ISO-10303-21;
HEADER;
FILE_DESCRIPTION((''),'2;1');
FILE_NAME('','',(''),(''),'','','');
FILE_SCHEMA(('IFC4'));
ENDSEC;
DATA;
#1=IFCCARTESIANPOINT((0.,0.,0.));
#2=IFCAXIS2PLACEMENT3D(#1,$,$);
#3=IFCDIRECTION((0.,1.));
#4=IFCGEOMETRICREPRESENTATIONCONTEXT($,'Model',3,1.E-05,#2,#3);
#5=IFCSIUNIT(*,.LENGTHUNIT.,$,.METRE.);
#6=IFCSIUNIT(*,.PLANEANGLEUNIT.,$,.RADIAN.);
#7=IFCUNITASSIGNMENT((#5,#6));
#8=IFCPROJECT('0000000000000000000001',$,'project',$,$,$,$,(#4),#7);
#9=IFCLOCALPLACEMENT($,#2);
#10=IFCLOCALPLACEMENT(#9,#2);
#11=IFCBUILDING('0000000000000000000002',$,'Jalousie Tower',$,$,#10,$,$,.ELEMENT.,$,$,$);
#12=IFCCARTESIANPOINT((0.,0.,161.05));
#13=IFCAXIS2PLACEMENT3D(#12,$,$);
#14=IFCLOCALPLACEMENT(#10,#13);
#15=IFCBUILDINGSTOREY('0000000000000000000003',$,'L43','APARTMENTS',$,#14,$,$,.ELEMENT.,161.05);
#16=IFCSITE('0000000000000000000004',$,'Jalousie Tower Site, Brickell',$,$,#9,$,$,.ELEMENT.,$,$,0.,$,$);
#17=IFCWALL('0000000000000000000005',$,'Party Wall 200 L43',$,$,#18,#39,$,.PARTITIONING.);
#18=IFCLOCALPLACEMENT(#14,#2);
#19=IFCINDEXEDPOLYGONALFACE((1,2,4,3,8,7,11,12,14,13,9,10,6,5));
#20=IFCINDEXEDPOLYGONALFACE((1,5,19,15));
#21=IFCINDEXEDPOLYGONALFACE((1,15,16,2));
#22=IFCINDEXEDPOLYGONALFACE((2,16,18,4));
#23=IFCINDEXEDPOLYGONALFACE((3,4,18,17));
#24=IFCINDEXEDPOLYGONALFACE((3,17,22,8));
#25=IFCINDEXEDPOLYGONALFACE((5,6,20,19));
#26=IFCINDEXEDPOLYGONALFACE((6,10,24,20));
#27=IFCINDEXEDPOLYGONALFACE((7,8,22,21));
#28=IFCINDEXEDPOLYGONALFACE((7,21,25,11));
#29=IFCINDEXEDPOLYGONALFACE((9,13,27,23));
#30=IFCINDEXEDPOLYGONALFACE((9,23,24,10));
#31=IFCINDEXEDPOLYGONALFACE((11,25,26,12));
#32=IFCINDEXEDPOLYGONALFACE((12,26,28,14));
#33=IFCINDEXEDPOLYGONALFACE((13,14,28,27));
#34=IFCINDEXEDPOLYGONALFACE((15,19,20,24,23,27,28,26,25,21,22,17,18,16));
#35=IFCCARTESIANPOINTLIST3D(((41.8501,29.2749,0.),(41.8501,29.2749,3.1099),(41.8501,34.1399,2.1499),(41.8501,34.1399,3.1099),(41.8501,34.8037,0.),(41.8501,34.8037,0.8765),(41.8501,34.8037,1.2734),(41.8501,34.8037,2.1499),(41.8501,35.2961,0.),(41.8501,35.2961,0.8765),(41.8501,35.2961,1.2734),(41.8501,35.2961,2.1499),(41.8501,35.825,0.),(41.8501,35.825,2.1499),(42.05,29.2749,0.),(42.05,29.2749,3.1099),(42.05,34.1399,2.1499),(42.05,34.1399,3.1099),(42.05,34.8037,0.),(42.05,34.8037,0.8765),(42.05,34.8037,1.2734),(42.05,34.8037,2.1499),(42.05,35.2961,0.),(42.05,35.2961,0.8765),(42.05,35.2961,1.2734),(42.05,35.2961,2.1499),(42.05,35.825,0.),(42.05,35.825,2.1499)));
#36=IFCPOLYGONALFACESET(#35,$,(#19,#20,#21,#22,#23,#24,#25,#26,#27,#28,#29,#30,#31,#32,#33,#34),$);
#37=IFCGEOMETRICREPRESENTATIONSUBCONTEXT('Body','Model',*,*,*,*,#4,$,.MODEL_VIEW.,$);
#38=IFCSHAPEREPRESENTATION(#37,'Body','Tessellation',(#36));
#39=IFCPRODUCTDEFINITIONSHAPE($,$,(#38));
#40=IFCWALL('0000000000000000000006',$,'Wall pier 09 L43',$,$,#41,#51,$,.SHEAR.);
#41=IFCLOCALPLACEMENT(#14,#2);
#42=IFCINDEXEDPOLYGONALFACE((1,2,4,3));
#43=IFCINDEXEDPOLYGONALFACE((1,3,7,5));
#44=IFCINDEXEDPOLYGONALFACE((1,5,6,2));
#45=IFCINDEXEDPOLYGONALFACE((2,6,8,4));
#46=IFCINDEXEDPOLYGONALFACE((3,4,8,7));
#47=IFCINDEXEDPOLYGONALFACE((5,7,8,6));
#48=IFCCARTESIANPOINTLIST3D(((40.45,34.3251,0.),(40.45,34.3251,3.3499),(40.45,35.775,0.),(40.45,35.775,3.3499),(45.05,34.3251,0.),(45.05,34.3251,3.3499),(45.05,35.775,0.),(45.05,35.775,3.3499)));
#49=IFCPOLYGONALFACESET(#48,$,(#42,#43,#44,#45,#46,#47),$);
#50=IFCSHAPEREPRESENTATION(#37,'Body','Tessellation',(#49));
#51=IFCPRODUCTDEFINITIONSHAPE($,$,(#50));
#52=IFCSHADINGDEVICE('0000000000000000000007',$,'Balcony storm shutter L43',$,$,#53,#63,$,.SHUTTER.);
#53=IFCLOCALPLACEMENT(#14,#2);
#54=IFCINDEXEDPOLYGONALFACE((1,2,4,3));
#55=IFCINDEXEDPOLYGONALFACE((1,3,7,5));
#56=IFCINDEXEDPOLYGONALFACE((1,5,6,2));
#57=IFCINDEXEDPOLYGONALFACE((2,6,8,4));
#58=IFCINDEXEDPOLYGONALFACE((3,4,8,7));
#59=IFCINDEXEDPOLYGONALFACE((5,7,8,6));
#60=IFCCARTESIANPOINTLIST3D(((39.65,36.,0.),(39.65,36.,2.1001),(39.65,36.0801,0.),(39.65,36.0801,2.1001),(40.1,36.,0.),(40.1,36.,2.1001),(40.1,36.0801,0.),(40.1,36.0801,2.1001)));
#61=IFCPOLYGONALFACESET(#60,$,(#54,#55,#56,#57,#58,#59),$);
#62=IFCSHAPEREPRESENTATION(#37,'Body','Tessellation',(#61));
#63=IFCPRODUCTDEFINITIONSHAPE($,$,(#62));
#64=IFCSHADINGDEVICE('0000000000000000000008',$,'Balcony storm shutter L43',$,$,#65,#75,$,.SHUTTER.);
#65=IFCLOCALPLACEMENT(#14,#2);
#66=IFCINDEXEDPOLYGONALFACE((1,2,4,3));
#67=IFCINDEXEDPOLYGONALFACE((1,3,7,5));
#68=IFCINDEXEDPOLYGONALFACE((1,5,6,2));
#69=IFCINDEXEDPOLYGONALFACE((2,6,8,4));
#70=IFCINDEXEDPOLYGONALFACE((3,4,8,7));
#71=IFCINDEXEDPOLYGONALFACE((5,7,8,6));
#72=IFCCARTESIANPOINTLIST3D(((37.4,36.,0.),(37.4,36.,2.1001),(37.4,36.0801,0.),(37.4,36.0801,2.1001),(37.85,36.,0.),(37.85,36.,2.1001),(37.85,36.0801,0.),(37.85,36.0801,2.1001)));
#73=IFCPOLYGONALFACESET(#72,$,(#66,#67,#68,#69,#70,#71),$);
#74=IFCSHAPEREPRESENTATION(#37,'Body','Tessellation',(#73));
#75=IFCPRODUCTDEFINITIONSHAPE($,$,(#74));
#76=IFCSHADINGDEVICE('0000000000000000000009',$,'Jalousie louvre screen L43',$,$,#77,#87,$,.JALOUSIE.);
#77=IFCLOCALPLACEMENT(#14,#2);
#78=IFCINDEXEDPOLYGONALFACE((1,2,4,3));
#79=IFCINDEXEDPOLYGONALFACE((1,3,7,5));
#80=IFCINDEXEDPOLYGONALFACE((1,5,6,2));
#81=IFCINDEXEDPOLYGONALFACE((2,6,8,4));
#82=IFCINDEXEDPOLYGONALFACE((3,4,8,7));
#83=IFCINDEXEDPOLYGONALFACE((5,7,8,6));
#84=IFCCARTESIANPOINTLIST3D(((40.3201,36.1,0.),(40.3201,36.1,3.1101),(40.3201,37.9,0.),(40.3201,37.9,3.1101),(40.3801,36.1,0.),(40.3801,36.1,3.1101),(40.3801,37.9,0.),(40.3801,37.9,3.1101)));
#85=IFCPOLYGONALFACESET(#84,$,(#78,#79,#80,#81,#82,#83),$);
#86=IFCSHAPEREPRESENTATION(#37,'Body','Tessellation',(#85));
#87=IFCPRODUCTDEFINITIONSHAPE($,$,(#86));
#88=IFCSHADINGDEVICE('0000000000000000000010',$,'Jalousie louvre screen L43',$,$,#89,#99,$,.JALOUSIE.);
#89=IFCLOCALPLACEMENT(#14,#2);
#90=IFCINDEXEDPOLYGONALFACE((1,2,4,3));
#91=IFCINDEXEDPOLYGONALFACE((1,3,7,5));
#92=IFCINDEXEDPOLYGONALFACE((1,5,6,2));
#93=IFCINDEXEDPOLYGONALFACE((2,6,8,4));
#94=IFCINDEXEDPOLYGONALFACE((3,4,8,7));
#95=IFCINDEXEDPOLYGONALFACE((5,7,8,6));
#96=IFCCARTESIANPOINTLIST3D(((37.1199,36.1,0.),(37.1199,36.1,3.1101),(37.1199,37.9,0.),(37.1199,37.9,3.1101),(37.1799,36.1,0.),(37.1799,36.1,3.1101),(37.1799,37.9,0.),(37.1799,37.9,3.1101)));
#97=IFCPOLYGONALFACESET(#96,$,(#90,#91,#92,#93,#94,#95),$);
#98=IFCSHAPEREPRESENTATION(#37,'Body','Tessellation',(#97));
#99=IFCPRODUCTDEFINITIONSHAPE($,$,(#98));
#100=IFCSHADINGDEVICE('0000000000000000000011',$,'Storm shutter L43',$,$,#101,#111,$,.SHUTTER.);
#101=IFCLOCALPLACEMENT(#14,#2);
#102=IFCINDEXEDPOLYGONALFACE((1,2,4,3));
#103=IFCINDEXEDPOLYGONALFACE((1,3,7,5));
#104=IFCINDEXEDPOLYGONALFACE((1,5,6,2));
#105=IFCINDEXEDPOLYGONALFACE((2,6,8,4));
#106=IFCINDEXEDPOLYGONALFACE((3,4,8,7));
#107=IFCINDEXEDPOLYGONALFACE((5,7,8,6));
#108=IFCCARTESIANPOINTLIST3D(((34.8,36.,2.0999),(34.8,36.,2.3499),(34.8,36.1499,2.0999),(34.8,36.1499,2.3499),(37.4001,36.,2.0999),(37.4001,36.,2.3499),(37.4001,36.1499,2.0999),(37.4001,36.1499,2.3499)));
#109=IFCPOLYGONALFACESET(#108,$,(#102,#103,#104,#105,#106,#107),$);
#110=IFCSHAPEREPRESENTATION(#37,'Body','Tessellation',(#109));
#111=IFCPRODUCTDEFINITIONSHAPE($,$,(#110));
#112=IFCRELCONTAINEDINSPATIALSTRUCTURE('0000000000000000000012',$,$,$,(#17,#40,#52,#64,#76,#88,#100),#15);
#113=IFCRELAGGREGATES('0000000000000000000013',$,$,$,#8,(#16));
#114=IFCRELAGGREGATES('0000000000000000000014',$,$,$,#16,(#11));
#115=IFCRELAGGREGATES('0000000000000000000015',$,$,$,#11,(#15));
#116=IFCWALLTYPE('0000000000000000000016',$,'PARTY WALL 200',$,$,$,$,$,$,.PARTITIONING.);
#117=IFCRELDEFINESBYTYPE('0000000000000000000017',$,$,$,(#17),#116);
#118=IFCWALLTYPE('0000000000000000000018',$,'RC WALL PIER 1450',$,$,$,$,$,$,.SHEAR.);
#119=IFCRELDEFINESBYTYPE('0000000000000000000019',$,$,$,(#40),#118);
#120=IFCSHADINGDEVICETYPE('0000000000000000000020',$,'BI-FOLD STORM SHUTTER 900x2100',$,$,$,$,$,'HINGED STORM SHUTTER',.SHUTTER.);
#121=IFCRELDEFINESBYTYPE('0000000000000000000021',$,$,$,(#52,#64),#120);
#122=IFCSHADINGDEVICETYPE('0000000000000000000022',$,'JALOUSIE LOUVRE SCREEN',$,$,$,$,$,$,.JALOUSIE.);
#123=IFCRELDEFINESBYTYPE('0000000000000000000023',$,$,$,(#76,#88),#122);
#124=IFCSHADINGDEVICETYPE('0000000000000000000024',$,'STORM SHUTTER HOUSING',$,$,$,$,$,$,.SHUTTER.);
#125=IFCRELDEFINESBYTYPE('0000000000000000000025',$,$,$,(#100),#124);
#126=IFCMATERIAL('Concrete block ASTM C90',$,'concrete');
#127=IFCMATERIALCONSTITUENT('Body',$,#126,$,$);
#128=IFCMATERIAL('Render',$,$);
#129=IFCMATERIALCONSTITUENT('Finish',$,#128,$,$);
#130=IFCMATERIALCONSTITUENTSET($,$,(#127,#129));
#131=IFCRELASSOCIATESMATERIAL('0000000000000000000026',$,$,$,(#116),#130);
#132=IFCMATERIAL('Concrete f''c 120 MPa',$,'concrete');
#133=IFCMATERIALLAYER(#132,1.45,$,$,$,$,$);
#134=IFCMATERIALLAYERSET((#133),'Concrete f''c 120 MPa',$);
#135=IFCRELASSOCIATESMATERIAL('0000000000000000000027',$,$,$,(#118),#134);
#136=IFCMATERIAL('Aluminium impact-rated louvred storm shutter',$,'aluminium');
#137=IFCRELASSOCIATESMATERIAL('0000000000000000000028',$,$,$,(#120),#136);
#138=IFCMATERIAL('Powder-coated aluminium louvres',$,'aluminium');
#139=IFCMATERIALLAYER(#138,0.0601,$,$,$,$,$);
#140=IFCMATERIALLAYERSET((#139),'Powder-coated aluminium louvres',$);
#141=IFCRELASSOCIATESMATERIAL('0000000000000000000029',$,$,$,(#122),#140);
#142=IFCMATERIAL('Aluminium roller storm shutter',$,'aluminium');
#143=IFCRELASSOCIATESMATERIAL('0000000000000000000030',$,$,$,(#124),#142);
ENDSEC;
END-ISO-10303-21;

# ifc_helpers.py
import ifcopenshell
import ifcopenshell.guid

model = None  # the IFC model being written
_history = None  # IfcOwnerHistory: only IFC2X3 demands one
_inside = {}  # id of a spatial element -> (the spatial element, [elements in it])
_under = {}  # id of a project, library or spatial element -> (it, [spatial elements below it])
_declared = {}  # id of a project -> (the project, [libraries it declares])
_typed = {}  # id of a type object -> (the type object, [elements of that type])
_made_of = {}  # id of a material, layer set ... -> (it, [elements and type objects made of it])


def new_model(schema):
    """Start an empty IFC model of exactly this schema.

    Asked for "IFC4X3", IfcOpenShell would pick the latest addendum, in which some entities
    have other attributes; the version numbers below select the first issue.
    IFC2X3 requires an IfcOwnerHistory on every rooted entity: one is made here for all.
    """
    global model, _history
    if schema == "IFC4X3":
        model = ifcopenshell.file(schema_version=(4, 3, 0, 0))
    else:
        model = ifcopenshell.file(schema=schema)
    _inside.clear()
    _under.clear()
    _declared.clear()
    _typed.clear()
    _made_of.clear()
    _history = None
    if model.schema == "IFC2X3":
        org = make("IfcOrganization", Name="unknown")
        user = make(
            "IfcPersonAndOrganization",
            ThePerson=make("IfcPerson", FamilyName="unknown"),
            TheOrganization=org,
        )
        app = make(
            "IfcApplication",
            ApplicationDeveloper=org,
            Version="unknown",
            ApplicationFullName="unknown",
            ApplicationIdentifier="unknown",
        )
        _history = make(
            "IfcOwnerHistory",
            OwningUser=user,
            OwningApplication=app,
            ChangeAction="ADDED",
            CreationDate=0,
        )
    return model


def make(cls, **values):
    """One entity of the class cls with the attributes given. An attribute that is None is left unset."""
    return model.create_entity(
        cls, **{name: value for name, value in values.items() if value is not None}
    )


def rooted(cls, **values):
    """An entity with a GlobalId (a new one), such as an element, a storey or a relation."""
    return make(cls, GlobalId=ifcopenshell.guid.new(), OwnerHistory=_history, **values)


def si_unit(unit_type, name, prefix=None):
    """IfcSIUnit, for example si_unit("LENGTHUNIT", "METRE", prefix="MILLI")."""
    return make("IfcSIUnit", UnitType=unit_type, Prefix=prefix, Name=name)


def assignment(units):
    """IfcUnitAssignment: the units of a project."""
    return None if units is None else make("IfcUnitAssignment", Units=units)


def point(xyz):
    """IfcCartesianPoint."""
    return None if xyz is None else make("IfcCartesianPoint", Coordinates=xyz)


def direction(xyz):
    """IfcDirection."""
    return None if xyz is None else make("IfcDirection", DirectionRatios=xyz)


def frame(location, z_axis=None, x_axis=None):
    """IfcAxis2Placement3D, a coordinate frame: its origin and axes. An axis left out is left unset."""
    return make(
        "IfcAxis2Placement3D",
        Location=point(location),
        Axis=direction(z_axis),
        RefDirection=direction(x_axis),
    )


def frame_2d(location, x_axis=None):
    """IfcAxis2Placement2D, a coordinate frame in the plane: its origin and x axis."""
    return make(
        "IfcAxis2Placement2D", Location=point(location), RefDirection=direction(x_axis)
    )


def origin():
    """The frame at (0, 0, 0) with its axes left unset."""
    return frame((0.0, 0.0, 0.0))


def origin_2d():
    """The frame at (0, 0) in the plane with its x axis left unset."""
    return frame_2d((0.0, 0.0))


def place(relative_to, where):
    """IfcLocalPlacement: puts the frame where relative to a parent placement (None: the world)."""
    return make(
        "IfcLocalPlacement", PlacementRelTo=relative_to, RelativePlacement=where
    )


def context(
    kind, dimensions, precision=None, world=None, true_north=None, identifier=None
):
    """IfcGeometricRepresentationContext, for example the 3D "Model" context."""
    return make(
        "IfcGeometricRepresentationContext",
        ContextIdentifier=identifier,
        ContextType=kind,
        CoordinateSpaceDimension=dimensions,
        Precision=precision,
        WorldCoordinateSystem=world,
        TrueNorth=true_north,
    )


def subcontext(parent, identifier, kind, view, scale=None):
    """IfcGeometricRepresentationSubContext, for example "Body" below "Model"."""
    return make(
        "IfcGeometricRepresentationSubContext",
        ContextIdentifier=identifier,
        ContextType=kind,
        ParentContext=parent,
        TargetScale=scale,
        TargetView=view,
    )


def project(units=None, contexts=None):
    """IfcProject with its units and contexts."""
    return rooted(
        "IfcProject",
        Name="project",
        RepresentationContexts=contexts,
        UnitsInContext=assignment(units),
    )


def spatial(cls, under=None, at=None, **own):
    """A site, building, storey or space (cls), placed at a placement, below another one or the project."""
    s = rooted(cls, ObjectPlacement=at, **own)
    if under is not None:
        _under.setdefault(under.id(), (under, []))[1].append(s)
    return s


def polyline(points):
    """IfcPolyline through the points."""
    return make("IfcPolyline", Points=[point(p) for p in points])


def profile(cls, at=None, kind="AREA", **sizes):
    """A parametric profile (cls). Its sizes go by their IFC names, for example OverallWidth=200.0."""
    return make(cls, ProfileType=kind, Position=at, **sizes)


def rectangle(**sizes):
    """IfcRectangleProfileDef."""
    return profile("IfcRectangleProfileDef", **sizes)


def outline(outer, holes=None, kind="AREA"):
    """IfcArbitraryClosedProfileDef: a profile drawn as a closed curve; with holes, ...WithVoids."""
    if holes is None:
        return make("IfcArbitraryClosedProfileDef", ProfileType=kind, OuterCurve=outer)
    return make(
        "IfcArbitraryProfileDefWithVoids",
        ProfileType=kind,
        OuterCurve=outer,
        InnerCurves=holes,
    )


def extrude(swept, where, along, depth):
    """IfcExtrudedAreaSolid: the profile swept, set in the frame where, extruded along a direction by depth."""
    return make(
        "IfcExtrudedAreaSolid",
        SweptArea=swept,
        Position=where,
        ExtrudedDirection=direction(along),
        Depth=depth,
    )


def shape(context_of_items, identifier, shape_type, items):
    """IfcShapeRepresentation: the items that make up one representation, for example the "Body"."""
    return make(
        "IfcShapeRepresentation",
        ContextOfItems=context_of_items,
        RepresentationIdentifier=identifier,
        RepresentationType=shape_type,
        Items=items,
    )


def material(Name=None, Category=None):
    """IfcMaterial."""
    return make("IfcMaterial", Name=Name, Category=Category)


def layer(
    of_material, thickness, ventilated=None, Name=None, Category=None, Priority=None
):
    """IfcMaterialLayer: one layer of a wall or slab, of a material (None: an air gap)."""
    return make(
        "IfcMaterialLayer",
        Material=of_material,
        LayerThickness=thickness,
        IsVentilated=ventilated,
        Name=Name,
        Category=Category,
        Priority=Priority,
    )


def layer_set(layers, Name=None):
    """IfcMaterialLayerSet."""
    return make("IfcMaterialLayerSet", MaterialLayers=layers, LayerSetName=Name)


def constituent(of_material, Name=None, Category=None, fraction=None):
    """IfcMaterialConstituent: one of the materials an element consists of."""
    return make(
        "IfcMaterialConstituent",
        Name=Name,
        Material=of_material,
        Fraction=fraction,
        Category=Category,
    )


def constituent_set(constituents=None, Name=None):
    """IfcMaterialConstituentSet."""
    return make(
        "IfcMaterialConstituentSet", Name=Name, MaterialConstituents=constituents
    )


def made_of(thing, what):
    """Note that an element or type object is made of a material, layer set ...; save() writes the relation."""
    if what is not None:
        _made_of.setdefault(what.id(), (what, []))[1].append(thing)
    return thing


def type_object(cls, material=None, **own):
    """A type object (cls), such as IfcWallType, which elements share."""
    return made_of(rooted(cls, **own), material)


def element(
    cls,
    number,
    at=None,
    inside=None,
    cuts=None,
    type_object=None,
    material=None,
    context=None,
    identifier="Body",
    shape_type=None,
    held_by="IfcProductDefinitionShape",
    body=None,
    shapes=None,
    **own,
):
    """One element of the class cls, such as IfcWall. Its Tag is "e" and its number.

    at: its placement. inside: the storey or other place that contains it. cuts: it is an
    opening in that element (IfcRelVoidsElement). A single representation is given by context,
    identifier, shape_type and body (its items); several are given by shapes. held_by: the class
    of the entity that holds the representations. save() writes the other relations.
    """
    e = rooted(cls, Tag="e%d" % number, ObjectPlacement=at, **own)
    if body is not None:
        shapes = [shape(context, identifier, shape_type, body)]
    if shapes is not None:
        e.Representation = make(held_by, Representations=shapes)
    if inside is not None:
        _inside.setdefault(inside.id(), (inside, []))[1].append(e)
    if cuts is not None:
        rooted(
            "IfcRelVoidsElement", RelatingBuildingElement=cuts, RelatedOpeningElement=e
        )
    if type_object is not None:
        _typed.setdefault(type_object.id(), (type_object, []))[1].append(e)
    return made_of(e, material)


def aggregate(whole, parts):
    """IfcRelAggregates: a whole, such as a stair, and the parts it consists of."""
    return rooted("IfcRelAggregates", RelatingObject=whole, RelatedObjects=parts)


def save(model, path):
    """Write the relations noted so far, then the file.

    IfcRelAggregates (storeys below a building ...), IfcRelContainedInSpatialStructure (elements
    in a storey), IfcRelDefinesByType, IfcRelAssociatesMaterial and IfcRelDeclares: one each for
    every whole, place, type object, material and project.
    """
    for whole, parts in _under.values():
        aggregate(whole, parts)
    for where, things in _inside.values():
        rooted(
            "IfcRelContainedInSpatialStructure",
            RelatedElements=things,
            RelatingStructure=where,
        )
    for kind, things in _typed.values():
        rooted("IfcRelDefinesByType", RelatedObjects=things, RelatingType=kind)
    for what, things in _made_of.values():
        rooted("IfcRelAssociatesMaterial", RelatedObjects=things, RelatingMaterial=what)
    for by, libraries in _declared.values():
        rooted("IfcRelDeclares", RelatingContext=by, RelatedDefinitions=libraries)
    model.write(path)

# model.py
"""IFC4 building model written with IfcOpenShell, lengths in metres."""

from ifc_helpers import new_model, si_unit, direction, frame, frame_2d, origin, origin_2d, place, context, subcontext, project, spatial, polyline, rectangle, outline, extrude, material, layer, layer_set, constituent, constituent_set, type_object, element, save


model = new_model("IFC4")

# Units and contexts
model_context = context("Model", 3, precision=1e-05, world=origin(), true_north=direction((0.0, 1.0)))
body_context = subcontext(model_context, "Body", "Model", "MODEL_VIEW")
ifc_project = project(units=[si_unit("LENGTHUNIT", "METRE"), si_unit("PLANEANGLEUNIT", "RADIAN")], contexts=[model_context])

# Site, building, storey
site_placement = place(None, origin())
site = spatial("IfcSite", under=ifc_project, at=site_placement, Name="Jalousie Tower Site, Brickell", CompositionType="ELEMENT", RefElevation=0.0)
building_placement = place(site_placement, origin())
building = spatial("IfcBuilding", under=site, at=building_placement, Name="Jalousie Tower", CompositionType="ELEMENT")
storey_placement = place(building_placement, frame((0.0, 0.0, 161.05)))
storey = spatial("IfcBuildingStorey", under=building, at=storey_placement, Name="L43", Description="APARTMENTS", CompositionType="ELEMENT", Elevation=161.05)

# Walls
ifc_material_1 = material(Name="Concrete block ASTM C90", Category="concrete")
ifc_constituent_1 = constituent(ifc_material_1, Name="Body")
ifc_material_2 = material(Name="Render")
ifc_constituent_2 = constituent(ifc_material_2, Name="Finish")
ifc_constituent_set_1 = constituent_set(constituents=[ifc_constituent_1, ifc_constituent_2])
wall_type_1 = type_object("IfcWallType", Name="PARTY WALL 200", PredefinedType="PARTITIONING", material=ifc_constituent_set_1)
wall_1_placement = place(storey_placement, frame((41.95, 35.825, 0.0), z_axis=(0.0, 0.0, 1.0), x_axis=(0.0, -1.0, 0.0)))
element("IfcWall", 1, at=wall_1_placement, inside=storey, type_object=wall_type_1, Name="Party Wall 200 L43", PredefinedType="PARTITIONING", context=body_context, shape_type="SweptSolid", body=[
    extrude(outline(polyline([(0.5288, 2.1499), (0.0, 2.1499), (0.0, 0.0), (0.5288, 0.0), (0.5288, 0.8765), (1.0212, 0.8765), (1.0212, 0.0), (6.55, 0.0), (6.55, 3.1099), (1.6851, 3.1099), (1.6851, 2.1499), (1.0212, 2.1499), (1.0212, 1.2734), (0.5288, 1.2734), (0.5288, 2.1499)])), frame((0.0, 0.1001, 0.0), z_axis=(0.0, -1.0, 0.0), x_axis=(1.0, 0.0, 0.0)), (0.0, 0.0, 1.0), 0.2),
])
ifc_material_3 = material(Name="Concrete f'c 120 MPa", Category="concrete")
ifc_layer_1 = layer(ifc_material_3, 1.45)
ifc_layer_set_1 = layer_set([ifc_layer_1], Name="Concrete f'c 120 MPa")
wall_type_2 = type_object("IfcWallType", Name="RC WALL PIER 1450", PredefinedType="SHEAR", material=ifc_layer_set_1)
wall_2_placement = place(storey_placement, frame((40.45, 35.05, 0.0), z_axis=(0.0, 0.0, 1.0), x_axis=(1.0, 0.0, 0.0)))
element("IfcWall", 2, at=wall_2_placement, inside=storey, type_object=wall_type_2, Name="Wall pier 09 L43", PredefinedType="SHEAR", context=body_context, shape_type="SweptSolid", body=[
    extrude(rectangle(XDim=4.6001, YDim=1.45, at=frame_2d((2.3, 0.0))), origin(), (0.0, 0.0, 1.0), 3.3499),
])

# Shading devices
ifc_material_4 = material(Name="Aluminium impact-rated louvred storm shutter", Category="aluminium")
shading_device_type_1 = type_object("IfcShadingDeviceType", Name="BI-FOLD STORM SHUTTER 900x2100", ElementType="HINGED STORM SHUTTER", PredefinedType="SHUTTER", material=ifc_material_4)
for number, where, z_axis, x_axis, name in (
    (3, (39.875, 36.04, 0.0), (0.0, 0.0, 1.0), (-1.0, 0.0, 0.0), "Balcony storm shutter L43"),
    (4, (37.625, 36.04, 0.0), (0.0, 0.0, 1.0), (-1.0, 0.0, 0.0), "Balcony storm shutter L43"),
):
    element("IfcShadingDevice", number, at=place(storey_placement, frame(where, z_axis=z_axis, x_axis=x_axis)), inside=storey, type_object=shading_device_type_1, Name=name, PredefinedType="SHUTTER", context=body_context, shape_type="SweptSolid", body=[
        extrude(rectangle(XDim=0.45, YDim=0.0801, at=origin_2d()), origin(), (0.0, 0.0, 1.0), 2.1001),
    ])

# Shading devices
ifc_material_5 = material(Name="Powder-coated aluminium louvres", Category="aluminium")
ifc_layer_2 = layer(ifc_material_5, 0.0601)
ifc_layer_set_2 = layer_set([ifc_layer_2], Name="Powder-coated aluminium louvres")
shading_device_type_2 = type_object("IfcShadingDeviceType", Name="JALOUSIE LOUVRE SCREEN", PredefinedType="JALOUSIE", material=ifc_layer_set_2)
for number, where, z_axis, x_axis, name in (
    (5, (40.3501, 37.0, 0.0), (0.0, 0.0, 1.0), (-1.0, 0.0, 0.0), "Jalousie louvre screen L43"),
    (6, (37.1499, 37.0, 0.0), (0.0, 0.0, 1.0), (-1.0, 0.0, 0.0), "Jalousie louvre screen L43"),
):
    element("IfcShadingDevice", number, at=place(storey_placement, frame(where, z_axis=z_axis, x_axis=x_axis)), inside=storey, type_object=shading_device_type_2, Name=name, PredefinedType="JALOUSIE", context=body_context, shape_type="SweptSolid", body=[
        extrude(rectangle(XDim=0.0601, YDim=1.8, at=origin_2d()), origin(), (0.0, 0.0, 1.0), 3.1101),
    ])
ifc_material_6 = material(Name="Aluminium roller storm shutter", Category="aluminium")
shading_device_type_3 = type_object("IfcShadingDeviceType", Name="STORM SHUTTER HOUSING", PredefinedType="SHUTTER", material=ifc_material_6)
shading_device_placement = place(storey_placement, frame((36.1001, 36.075, 2.0999), z_axis=(0.0, 0.0, 1.0), x_axis=(-1.0, 0.0, 0.0)))
element("IfcShadingDevice", 7, at=shading_device_placement, inside=storey, type_object=shading_device_type_3, Name="Storm shutter L43", PredefinedType="SHUTTER", context=body_context, shape_type="SweptSolid", body=[
    extrude(rectangle(XDim=2.6001, YDim=0.1499, at=origin_2d()), origin(), (0.0, 0.0, 1.0), 0.25),
])

save(model, "model.ifc")
